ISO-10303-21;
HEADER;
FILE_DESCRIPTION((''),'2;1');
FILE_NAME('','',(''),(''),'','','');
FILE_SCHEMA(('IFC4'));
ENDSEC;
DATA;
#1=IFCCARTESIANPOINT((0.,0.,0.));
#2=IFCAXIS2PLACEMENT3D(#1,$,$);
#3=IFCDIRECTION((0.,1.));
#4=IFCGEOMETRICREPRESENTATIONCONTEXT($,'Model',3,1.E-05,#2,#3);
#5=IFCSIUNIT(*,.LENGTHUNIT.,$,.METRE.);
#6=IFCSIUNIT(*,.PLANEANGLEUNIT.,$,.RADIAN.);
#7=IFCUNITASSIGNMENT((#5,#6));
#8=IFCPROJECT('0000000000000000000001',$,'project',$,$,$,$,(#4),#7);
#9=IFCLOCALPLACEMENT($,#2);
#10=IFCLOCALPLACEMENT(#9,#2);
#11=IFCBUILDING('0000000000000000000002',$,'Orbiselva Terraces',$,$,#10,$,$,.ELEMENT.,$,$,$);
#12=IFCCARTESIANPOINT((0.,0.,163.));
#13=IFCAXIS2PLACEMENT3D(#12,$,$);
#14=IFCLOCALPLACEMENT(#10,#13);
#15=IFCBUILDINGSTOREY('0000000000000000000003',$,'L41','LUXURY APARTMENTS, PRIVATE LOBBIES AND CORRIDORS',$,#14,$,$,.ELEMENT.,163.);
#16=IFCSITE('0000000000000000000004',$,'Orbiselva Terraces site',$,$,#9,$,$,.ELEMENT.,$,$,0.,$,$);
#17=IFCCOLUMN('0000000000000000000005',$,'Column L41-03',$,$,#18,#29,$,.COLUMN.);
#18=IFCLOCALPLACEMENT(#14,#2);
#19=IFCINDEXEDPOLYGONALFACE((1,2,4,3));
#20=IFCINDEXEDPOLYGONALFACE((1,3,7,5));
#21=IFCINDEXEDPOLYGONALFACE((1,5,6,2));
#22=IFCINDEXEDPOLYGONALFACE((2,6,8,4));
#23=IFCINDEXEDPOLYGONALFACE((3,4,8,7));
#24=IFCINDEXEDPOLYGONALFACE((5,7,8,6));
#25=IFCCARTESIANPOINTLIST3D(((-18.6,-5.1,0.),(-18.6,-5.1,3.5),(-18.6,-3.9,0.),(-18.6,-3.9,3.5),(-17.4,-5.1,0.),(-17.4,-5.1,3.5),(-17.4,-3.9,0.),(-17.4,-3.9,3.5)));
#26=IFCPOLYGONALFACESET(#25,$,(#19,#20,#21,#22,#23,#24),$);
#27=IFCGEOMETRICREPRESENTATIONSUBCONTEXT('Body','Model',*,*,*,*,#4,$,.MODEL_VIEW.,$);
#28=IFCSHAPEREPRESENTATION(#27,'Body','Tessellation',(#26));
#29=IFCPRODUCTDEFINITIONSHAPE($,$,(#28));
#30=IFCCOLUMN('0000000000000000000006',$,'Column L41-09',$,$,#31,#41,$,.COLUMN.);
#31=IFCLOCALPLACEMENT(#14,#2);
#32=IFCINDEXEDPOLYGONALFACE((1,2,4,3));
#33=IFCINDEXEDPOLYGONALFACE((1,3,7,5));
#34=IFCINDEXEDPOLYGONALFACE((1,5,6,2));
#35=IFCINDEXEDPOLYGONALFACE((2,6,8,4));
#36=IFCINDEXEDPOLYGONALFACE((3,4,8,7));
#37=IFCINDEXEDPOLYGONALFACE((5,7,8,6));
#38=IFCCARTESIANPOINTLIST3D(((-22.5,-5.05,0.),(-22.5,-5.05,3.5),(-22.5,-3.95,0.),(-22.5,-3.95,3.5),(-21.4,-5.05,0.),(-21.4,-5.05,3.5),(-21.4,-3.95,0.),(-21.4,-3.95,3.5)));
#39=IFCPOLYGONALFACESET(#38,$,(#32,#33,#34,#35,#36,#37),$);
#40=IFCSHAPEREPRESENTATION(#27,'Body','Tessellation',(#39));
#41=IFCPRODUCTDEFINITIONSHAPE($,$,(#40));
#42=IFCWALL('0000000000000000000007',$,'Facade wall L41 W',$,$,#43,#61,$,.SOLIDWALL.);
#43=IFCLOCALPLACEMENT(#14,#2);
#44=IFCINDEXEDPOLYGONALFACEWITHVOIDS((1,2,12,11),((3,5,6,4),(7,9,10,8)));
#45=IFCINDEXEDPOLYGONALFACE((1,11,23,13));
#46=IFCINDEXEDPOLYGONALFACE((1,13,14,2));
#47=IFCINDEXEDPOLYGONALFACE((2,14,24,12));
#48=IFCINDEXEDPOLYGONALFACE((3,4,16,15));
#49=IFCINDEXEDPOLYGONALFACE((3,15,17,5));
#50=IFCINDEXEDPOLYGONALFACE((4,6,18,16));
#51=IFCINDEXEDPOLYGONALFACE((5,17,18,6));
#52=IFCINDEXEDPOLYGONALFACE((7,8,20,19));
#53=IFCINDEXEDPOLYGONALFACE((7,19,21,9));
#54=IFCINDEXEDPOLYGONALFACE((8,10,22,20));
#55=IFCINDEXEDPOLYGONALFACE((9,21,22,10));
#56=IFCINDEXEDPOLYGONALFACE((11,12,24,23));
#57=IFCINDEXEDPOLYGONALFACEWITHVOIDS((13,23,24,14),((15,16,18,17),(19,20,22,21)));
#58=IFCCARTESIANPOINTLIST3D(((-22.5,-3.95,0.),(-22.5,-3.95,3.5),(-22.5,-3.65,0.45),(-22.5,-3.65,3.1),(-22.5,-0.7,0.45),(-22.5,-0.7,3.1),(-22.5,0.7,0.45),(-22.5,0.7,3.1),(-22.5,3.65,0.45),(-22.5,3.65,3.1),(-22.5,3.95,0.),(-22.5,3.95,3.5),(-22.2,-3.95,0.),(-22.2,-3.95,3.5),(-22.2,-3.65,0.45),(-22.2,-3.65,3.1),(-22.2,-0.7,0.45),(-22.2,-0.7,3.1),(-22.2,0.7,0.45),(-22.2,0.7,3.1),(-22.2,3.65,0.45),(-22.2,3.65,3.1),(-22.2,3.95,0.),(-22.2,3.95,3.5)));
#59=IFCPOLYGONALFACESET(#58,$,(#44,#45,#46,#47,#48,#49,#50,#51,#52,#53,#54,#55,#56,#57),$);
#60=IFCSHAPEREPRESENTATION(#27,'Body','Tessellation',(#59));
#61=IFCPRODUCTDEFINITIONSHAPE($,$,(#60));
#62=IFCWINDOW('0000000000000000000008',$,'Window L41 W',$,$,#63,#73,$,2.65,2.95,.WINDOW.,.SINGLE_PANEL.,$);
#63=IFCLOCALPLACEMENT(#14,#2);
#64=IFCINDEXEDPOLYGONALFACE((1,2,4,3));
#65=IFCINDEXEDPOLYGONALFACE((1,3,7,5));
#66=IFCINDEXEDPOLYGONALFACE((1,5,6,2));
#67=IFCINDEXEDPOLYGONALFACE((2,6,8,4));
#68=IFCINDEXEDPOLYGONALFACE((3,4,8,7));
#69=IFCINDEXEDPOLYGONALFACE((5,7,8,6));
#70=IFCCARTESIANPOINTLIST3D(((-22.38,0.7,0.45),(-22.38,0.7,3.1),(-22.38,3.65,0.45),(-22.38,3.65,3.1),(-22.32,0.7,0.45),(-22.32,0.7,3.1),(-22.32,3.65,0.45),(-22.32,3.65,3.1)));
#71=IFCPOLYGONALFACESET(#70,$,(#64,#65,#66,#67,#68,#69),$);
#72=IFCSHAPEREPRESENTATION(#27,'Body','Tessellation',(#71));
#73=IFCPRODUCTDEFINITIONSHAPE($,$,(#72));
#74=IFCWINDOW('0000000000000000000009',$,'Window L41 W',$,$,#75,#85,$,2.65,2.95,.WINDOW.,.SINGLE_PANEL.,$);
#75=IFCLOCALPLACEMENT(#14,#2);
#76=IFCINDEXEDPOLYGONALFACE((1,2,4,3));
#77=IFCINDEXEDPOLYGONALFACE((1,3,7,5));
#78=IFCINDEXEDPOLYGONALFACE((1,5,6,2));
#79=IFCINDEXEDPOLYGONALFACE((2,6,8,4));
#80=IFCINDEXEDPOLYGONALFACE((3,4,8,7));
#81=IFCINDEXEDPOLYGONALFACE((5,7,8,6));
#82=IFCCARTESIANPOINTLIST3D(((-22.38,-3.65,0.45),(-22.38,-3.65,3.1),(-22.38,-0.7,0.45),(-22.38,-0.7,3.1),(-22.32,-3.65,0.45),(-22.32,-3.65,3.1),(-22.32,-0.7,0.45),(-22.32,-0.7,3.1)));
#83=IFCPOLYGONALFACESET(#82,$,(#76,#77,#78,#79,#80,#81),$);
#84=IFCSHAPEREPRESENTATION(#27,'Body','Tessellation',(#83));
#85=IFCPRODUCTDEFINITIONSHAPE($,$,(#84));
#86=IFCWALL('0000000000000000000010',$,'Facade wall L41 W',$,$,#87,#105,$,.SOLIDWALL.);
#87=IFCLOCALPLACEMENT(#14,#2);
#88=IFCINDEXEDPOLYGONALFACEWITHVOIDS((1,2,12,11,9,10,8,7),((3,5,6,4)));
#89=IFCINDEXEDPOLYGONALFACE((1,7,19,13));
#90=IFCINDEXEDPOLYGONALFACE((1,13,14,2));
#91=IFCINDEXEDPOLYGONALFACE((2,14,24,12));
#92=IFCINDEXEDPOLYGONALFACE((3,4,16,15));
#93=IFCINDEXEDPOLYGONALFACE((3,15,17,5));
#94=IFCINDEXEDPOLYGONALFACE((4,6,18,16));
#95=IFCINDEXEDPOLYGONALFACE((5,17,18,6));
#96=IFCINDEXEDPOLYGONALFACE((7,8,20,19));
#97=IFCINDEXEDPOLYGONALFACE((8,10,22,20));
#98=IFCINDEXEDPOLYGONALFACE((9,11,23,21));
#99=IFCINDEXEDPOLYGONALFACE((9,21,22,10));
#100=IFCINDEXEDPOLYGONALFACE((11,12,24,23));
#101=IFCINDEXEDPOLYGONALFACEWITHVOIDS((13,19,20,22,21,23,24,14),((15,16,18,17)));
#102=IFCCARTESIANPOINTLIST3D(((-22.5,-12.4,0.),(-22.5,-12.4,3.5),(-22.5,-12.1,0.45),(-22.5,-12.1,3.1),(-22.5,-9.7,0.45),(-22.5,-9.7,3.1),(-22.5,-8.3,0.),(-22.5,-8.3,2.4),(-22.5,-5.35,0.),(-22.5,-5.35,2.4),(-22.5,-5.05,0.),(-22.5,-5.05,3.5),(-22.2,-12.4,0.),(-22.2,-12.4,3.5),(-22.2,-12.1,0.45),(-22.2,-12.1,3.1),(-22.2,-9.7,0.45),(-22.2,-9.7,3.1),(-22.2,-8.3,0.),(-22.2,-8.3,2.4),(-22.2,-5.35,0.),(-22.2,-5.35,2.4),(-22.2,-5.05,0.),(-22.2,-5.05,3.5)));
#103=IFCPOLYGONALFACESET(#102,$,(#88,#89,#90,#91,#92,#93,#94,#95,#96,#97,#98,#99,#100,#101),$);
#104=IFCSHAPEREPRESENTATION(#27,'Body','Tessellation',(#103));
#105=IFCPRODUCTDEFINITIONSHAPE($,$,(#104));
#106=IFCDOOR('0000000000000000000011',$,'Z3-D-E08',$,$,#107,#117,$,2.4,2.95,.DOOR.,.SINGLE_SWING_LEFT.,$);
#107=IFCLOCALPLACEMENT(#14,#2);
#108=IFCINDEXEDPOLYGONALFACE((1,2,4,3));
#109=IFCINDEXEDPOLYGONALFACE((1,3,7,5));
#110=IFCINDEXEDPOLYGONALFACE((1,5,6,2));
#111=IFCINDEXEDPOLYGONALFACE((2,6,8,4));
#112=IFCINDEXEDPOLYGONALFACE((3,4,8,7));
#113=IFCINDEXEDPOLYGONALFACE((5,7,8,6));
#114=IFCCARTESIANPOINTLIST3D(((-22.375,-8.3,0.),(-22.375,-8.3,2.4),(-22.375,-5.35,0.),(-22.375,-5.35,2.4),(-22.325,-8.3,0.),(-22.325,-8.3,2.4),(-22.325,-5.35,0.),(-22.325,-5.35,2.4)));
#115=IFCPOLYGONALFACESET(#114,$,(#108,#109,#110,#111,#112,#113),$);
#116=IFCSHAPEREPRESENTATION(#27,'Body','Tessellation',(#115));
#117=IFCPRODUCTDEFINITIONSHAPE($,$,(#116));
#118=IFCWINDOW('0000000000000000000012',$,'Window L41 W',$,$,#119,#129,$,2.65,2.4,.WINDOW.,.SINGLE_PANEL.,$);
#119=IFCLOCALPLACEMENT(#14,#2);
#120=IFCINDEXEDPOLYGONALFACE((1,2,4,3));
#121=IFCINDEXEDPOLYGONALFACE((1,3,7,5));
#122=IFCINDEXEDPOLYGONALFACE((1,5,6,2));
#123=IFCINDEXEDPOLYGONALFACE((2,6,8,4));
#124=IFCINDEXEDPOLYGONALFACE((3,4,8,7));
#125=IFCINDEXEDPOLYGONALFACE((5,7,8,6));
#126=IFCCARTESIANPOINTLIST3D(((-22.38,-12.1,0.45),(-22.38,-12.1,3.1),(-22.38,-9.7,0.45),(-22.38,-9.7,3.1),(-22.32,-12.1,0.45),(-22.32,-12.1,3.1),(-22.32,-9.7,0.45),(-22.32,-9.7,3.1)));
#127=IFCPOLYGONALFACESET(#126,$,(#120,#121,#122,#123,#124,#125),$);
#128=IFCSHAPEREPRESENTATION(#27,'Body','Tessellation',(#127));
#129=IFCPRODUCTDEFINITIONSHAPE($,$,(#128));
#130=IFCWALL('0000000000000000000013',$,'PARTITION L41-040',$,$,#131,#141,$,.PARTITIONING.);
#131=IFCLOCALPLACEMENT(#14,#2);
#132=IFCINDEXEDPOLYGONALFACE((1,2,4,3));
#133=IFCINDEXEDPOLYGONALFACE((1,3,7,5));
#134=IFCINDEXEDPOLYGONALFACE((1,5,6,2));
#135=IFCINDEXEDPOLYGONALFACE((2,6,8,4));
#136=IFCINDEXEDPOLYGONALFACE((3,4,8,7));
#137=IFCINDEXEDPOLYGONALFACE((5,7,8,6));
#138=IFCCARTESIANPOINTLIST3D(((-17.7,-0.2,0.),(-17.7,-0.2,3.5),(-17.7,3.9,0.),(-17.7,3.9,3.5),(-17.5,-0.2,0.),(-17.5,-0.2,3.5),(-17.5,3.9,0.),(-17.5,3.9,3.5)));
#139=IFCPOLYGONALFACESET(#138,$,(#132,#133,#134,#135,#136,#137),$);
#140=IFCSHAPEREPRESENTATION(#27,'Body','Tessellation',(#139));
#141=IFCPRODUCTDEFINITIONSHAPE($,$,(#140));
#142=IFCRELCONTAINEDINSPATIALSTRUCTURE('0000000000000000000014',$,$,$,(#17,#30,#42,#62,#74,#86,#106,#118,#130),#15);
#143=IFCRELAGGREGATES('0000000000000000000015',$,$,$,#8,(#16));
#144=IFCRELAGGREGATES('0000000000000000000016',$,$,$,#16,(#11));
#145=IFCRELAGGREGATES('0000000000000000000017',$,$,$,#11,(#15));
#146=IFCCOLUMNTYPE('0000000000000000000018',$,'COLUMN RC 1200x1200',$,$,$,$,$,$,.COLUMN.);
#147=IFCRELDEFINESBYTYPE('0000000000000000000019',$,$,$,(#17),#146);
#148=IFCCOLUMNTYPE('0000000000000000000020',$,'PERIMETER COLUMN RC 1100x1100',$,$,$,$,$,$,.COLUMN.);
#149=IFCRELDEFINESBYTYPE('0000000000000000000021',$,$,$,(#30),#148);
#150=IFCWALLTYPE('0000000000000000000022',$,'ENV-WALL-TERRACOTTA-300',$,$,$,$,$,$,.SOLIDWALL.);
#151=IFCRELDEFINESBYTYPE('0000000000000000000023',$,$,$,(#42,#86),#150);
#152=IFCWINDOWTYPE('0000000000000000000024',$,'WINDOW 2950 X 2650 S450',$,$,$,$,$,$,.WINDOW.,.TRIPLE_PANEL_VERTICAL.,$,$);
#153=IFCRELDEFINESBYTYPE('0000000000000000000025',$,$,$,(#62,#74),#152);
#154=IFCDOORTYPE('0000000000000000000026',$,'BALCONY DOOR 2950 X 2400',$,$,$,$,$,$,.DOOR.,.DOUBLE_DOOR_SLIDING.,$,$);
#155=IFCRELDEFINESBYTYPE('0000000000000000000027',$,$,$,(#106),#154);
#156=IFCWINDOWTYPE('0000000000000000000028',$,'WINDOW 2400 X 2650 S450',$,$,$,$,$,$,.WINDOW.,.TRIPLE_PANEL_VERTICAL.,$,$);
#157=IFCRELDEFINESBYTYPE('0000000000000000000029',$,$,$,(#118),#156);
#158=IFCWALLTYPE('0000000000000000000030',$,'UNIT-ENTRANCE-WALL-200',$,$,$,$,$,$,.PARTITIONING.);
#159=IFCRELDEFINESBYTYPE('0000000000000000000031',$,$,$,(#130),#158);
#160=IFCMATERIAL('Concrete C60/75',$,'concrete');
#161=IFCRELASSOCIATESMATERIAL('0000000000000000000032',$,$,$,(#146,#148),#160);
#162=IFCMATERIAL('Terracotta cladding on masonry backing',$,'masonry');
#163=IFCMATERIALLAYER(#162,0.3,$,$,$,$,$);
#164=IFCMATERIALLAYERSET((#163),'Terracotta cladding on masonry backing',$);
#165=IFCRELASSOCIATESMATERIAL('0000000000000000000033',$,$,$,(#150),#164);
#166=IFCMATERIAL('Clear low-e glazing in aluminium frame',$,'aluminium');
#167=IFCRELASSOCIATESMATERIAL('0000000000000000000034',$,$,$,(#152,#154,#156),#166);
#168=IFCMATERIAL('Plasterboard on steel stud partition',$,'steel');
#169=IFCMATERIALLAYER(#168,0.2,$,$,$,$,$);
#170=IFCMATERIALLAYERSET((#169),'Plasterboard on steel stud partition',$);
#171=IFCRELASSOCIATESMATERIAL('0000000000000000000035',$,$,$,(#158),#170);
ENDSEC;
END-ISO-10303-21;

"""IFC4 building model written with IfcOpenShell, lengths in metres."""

from ifc_helpers import new_model, si_unit, direction, frame, frame_2d, origin, origin_2d, place, context, subcontext, project, spatial, rectangle, extrude, material, layer, layer_set, material_profile, profile_set, type_object, element, fill, save


model = new_model("IFC4")

# Units and contexts
model_context = context("Model", 3, precision=1e-05, world=origin(), true_north=direction((0.0, 1.0)))
body_context = subcontext(model_context, "Body", "Model", "MODEL_VIEW")
ifc_project = project(units=[si_unit("LENGTHUNIT", "METRE"), si_unit("PLANEANGLEUNIT", "RADIAN")], contexts=[model_context])

# Site, building, storey
site_placement = place(None, origin())
site = spatial("IfcSite", under=ifc_project, at=site_placement, Name="Orbiselva Terraces site", CompositionType="ELEMENT", RefElevation=0.0)
building_placement = place(site_placement, origin())
building = spatial("IfcBuilding", under=site, at=building_placement, Name="Orbiselva Terraces", CompositionType="ELEMENT")
storey_placement = place(building_placement, frame((0.0, 0.0, 163.0)))
storey = spatial("IfcBuildingStorey", under=building, at=storey_placement, Name="L41", Description="LUXURY APARTMENTS, PRIVATE LOBBIES AND CORRIDORS", CompositionType="ELEMENT", Elevation=163.0)

# Columns
ifc_material_1 = material(Name="Concrete C60/75", Category="concrete")
ifc_material_profile_1 = material_profile(ifc_material_1, rectangle(XDim=1.2, YDim=1.2, at=origin_2d()), Name="RC 1200x1200")
ifc_profile_set_1 = profile_set([ifc_material_profile_1], Name="Concrete C60/75")
column_type_1 = type_object("IfcColumnType", Name="COLUMN RC 1200x1200", PredefinedType="COLUMN", material=ifc_profile_set_1)
column_1_placement = place(storey_placement, frame((-18.0, -4.5, 0.0), z_axis=(0.0, 0.0, 1.0), x_axis=(1.0, 0.0, 0.0)))
element("IfcColumn", 1, at=column_1_placement, inside=storey, type_object=column_type_1, Name="Column L41-03", PredefinedType="COLUMN", context=body_context, shape_type="SweptSolid", body=[
    extrude(rectangle(XDim=1.2, YDim=1.2, at=origin_2d()), origin(), (0.0, 0.0, 1.0), 3.5),
])
ifc_material_profile_2 = material_profile(ifc_material_1, rectangle(XDim=1.1, YDim=1.1, at=origin_2d()), Name="RC 1100x1100")
ifc_profile_set_2 = profile_set([ifc_material_profile_2], Name="Concrete C60/75")
column_type_2 = type_object("IfcColumnType", Name="PERIMETER COLUMN RC 1100x1100", PredefinedType="COLUMN", material=ifc_profile_set_2)
column_2_placement = place(storey_placement, frame((-21.95, -4.5, 0.0), z_axis=(0.0, 0.0, 1.0), x_axis=(1.0, 0.0, 0.0)))
element("IfcColumn", 2, at=column_2_placement, inside=storey, type_object=column_type_2, Name="Column L41-09", PredefinedType="COLUMN", context=body_context, shape_type="SweptSolid", body=[
    extrude(rectangle(XDim=1.1, YDim=1.1, at=origin_2d()), origin(), (0.0, 0.0, 1.0), 3.5),
])

# Wall, openings, windows
ifc_material_2 = material(Name="Terracotta cladding on masonry backing", Category="masonry")
ifc_layer_1 = layer(ifc_material_2, 0.3)
ifc_layer_set_1 = layer_set([ifc_layer_1], Name="Terracotta cladding on masonry backing")
wall_type_1 = type_object("IfcWallType", Name="ENV-WALL-TERRACOTTA-300", PredefinedType="SOLIDWALL", material=ifc_layer_set_1)
wall_1_placement = place(storey_placement, frame((-22.35, -3.95, 0.0), z_axis=(0.0, 0.0, 1.0), x_axis=(0.0, 1.0, 0.0)))
wall_1 = element("IfcWall", 3, at=wall_1_placement, inside=storey, type_object=wall_type_1, Name="Facade wall L41 W", PredefinedType="SOLIDWALL", context=body_context, shape_type="SweptSolid", body=[
    extrude(rectangle(XDim=7.9, YDim=0.3, at=frame_2d((3.95, 0.0))), origin(), (0.0, 0.0, 1.0), 3.5),
])
opening_1_placement = place(wall_1_placement, frame((4.65, 0.0, 0.45)))
opening_1 = element("IfcOpeningElement", 4, at=opening_1_placement, cuts=wall_1, PredefinedType="OPENING", context=body_context, shape_type="SweptSolid", body=[
    extrude(rectangle(XDim=2.95, YDim=2.65, at=frame_2d((1.475, 1.325))), frame((0.0, 0.16, 0.0), z_axis=(0.0, -1.0, 0.0), x_axis=(1.0, 0.0, 0.0)), (0.0, 0.0, 1.0), 0.32),
])
opening_2_placement = place(wall_1_placement, frame((0.3, 0.0, 0.45)))
opening_2 = element("IfcOpeningElement", 5, at=opening_2_placement, cuts=wall_1, PredefinedType="OPENING", context=body_context, shape_type="SweptSolid", body=[
    extrude(rectangle(XDim=2.95, YDim=2.65, at=frame_2d((1.475, 1.325))), frame((0.0, 0.16, 0.0), z_axis=(0.0, -1.0, 0.0), x_axis=(1.0, 0.0, 0.0)), (0.0, 0.0, 1.0), 0.32),
])
ifc_material_3 = material(Name="Clear low-e glazing in aluminium frame", Category="aluminium")
window_type_1 = type_object("IfcWindowType", Name="WINDOW 2950 X 2650 S450", PartitioningType="TRIPLE_PANEL_VERTICAL", PredefinedType="WINDOW", material=ifc_material_3)
window_1_placement = place(opening_1_placement, origin())
window_1 = element("IfcWindow", 6, at=window_1_placement, inside=storey, type_object=window_type_1, Name="Window L41 W", OverallHeight=2.65, OverallWidth=2.95, PartitioningType="SINGLE_PANEL", PredefinedType="WINDOW", context=body_context, shape_type="SweptSolid", body=[
    extrude(rectangle(XDim=2.95, YDim=2.65, at=frame_2d((1.475, 1.325))), frame((0.0, 0.03, 0.0), z_axis=(0.0, -1.0, 0.0), x_axis=(1.0, 0.0, 0.0)), (0.0, 0.0, 1.0), 0.06),
])
fill(opening_1, window_1)
window_2_placement = place(opening_2_placement, origin())
window_2 = element("IfcWindow", 7, at=window_2_placement, inside=storey, type_object=window_type_1, Name="Window L41 W", OverallHeight=2.65, OverallWidth=2.95, PartitioningType="SINGLE_PANEL", PredefinedType="WINDOW", context=body_context, shape_type="SweptSolid", body=[
    extrude(rectangle(XDim=2.95, YDim=2.65, at=frame_2d((1.475, 1.325))), frame((0.0, 0.03, 0.0), z_axis=(0.0, -1.0, 0.0), x_axis=(1.0, 0.0, 0.0)), (0.0, 0.0, 1.0), 0.06),
])
fill(opening_2, window_2)

# Wall, openings, door, window
wall_2_placement = place(storey_placement, frame((-22.35, -12.4, 0.0), z_axis=(0.0, 0.0, 1.0), x_axis=(0.0, 1.0, 0.0)))
wall_2 = element("IfcWall", 8, at=wall_2_placement, inside=storey, type_object=wall_type_1, Name="Facade wall L41 W", PredefinedType="SOLIDWALL", context=body_context, shape_type="SweptSolid", body=[
    extrude(rectangle(XDim=7.35, YDim=0.3, at=frame_2d((3.675, 0.0))), origin(), (0.0, 0.0, 1.0), 3.5),
])
opening_3_placement = place(wall_2_placement, frame((4.1, 0.0, 0.0)))
opening_3 = element("IfcOpeningElement", 9, at=opening_3_placement, cuts=wall_2, PredefinedType="OPENING", context=body_context, shape_type="SweptSolid", body=[
    extrude(rectangle(XDim=2.95, YDim=2.4, at=frame_2d((1.475, 1.2))), frame((0.0, 0.16, 0.0), z_axis=(0.0, -1.0, 0.0), x_axis=(1.0, 0.0, 0.0)), (0.0, 0.0, 1.0), 0.32),
])
opening_4_placement = place(wall_2_placement, frame((0.3, 0.0, 0.45)))
opening_4 = element("IfcOpeningElement", 10, at=opening_4_placement, cuts=wall_2, PredefinedType="OPENING", context=body_context, shape_type="SweptSolid", body=[
    extrude(rectangle(XDim=2.4, YDim=2.65, at=frame_2d((1.2, 1.325))), frame((0.0, 0.16, 0.0), z_axis=(0.0, -1.0, 0.0), x_axis=(1.0, 0.0, 0.0)), (0.0, 0.0, 1.0), 0.32),
])
door_type_1 = type_object("IfcDoorType", Name="BALCONY DOOR 2950 X 2400", OperationType="DOUBLE_DOOR_SLIDING", PredefinedType="DOOR", material=ifc_material_3)
door_1_placement = place(opening_3_placement, origin())
door_1 = element("IfcDoor", 11, at=door_1_placement, inside=storey, type_object=door_type_1, Name="Z3-D-E08", OperationType="SINGLE_SWING_LEFT", OverallHeight=2.4, OverallWidth=2.95, PredefinedType="DOOR", context=body_context, shape_type="SweptSolid", body=[
    extrude(rectangle(XDim=2.95, YDim=2.4, at=frame_2d((1.475, 1.2))), frame((0.0, 0.025, 0.0), z_axis=(0.0, -1.0, 0.0), x_axis=(1.0, 0.0, 0.0)), (0.0, 0.0, 1.0), 0.05),
])
fill(opening_3, door_1)
window_type_2 = type_object("IfcWindowType", Name="WINDOW 2400 X 2650 S450", PartitioningType="TRIPLE_PANEL_VERTICAL", PredefinedType="WINDOW", material=ifc_material_3)
window_3_placement = place(opening_4_placement, origin())
window_3 = element("IfcWindow", 12, at=window_3_placement, inside=storey, type_object=window_type_2, Name="Window L41 W", OverallHeight=2.65, OverallWidth=2.4, PartitioningType="SINGLE_PANEL", PredefinedType="WINDOW", context=body_context, shape_type="SweptSolid", body=[
    extrude(rectangle(XDim=2.4, YDim=2.65, at=frame_2d((1.2, 1.325))), frame((0.0, 0.03, 0.0), z_axis=(0.0, -1.0, 0.0), x_axis=(1.0, 0.0, 0.0)), (0.0, 0.0, 1.0), 0.06),
])
fill(opening_4, window_3)

# Wall
ifc_material_4 = material(Name="Plasterboard on steel stud partition", Category="steel")
ifc_layer_2 = layer(ifc_material_4, 0.2)
ifc_layer_set_2 = layer_set([ifc_layer_2], Name="Plasterboard on steel stud partition")
wall_type_2 = type_object("IfcWallType", Name="UNIT-ENTRANCE-WALL-200", PredefinedType="PARTITIONING", material=ifc_layer_set_2)
wall_3_placement = place(storey_placement, frame((-17.6, -0.2, 0.0), z_axis=(0.0, 0.0, 1.0), x_axis=(0.0, 1.0, 0.0)))
element("IfcWall", 13, at=wall_3_placement, inside=storey, type_object=wall_type_2, Name="PARTITION L41-040", PredefinedType="PARTITIONING", context=body_context, shape_type="SweptSolid", body=[
    extrude(rectangle(XDim=4.1, YDim=0.2, at=frame_2d((2.05, 0.0))), origin(), (0.0, 0.0, 1.0), 3.5),
])

save(model, "model.ifc")
